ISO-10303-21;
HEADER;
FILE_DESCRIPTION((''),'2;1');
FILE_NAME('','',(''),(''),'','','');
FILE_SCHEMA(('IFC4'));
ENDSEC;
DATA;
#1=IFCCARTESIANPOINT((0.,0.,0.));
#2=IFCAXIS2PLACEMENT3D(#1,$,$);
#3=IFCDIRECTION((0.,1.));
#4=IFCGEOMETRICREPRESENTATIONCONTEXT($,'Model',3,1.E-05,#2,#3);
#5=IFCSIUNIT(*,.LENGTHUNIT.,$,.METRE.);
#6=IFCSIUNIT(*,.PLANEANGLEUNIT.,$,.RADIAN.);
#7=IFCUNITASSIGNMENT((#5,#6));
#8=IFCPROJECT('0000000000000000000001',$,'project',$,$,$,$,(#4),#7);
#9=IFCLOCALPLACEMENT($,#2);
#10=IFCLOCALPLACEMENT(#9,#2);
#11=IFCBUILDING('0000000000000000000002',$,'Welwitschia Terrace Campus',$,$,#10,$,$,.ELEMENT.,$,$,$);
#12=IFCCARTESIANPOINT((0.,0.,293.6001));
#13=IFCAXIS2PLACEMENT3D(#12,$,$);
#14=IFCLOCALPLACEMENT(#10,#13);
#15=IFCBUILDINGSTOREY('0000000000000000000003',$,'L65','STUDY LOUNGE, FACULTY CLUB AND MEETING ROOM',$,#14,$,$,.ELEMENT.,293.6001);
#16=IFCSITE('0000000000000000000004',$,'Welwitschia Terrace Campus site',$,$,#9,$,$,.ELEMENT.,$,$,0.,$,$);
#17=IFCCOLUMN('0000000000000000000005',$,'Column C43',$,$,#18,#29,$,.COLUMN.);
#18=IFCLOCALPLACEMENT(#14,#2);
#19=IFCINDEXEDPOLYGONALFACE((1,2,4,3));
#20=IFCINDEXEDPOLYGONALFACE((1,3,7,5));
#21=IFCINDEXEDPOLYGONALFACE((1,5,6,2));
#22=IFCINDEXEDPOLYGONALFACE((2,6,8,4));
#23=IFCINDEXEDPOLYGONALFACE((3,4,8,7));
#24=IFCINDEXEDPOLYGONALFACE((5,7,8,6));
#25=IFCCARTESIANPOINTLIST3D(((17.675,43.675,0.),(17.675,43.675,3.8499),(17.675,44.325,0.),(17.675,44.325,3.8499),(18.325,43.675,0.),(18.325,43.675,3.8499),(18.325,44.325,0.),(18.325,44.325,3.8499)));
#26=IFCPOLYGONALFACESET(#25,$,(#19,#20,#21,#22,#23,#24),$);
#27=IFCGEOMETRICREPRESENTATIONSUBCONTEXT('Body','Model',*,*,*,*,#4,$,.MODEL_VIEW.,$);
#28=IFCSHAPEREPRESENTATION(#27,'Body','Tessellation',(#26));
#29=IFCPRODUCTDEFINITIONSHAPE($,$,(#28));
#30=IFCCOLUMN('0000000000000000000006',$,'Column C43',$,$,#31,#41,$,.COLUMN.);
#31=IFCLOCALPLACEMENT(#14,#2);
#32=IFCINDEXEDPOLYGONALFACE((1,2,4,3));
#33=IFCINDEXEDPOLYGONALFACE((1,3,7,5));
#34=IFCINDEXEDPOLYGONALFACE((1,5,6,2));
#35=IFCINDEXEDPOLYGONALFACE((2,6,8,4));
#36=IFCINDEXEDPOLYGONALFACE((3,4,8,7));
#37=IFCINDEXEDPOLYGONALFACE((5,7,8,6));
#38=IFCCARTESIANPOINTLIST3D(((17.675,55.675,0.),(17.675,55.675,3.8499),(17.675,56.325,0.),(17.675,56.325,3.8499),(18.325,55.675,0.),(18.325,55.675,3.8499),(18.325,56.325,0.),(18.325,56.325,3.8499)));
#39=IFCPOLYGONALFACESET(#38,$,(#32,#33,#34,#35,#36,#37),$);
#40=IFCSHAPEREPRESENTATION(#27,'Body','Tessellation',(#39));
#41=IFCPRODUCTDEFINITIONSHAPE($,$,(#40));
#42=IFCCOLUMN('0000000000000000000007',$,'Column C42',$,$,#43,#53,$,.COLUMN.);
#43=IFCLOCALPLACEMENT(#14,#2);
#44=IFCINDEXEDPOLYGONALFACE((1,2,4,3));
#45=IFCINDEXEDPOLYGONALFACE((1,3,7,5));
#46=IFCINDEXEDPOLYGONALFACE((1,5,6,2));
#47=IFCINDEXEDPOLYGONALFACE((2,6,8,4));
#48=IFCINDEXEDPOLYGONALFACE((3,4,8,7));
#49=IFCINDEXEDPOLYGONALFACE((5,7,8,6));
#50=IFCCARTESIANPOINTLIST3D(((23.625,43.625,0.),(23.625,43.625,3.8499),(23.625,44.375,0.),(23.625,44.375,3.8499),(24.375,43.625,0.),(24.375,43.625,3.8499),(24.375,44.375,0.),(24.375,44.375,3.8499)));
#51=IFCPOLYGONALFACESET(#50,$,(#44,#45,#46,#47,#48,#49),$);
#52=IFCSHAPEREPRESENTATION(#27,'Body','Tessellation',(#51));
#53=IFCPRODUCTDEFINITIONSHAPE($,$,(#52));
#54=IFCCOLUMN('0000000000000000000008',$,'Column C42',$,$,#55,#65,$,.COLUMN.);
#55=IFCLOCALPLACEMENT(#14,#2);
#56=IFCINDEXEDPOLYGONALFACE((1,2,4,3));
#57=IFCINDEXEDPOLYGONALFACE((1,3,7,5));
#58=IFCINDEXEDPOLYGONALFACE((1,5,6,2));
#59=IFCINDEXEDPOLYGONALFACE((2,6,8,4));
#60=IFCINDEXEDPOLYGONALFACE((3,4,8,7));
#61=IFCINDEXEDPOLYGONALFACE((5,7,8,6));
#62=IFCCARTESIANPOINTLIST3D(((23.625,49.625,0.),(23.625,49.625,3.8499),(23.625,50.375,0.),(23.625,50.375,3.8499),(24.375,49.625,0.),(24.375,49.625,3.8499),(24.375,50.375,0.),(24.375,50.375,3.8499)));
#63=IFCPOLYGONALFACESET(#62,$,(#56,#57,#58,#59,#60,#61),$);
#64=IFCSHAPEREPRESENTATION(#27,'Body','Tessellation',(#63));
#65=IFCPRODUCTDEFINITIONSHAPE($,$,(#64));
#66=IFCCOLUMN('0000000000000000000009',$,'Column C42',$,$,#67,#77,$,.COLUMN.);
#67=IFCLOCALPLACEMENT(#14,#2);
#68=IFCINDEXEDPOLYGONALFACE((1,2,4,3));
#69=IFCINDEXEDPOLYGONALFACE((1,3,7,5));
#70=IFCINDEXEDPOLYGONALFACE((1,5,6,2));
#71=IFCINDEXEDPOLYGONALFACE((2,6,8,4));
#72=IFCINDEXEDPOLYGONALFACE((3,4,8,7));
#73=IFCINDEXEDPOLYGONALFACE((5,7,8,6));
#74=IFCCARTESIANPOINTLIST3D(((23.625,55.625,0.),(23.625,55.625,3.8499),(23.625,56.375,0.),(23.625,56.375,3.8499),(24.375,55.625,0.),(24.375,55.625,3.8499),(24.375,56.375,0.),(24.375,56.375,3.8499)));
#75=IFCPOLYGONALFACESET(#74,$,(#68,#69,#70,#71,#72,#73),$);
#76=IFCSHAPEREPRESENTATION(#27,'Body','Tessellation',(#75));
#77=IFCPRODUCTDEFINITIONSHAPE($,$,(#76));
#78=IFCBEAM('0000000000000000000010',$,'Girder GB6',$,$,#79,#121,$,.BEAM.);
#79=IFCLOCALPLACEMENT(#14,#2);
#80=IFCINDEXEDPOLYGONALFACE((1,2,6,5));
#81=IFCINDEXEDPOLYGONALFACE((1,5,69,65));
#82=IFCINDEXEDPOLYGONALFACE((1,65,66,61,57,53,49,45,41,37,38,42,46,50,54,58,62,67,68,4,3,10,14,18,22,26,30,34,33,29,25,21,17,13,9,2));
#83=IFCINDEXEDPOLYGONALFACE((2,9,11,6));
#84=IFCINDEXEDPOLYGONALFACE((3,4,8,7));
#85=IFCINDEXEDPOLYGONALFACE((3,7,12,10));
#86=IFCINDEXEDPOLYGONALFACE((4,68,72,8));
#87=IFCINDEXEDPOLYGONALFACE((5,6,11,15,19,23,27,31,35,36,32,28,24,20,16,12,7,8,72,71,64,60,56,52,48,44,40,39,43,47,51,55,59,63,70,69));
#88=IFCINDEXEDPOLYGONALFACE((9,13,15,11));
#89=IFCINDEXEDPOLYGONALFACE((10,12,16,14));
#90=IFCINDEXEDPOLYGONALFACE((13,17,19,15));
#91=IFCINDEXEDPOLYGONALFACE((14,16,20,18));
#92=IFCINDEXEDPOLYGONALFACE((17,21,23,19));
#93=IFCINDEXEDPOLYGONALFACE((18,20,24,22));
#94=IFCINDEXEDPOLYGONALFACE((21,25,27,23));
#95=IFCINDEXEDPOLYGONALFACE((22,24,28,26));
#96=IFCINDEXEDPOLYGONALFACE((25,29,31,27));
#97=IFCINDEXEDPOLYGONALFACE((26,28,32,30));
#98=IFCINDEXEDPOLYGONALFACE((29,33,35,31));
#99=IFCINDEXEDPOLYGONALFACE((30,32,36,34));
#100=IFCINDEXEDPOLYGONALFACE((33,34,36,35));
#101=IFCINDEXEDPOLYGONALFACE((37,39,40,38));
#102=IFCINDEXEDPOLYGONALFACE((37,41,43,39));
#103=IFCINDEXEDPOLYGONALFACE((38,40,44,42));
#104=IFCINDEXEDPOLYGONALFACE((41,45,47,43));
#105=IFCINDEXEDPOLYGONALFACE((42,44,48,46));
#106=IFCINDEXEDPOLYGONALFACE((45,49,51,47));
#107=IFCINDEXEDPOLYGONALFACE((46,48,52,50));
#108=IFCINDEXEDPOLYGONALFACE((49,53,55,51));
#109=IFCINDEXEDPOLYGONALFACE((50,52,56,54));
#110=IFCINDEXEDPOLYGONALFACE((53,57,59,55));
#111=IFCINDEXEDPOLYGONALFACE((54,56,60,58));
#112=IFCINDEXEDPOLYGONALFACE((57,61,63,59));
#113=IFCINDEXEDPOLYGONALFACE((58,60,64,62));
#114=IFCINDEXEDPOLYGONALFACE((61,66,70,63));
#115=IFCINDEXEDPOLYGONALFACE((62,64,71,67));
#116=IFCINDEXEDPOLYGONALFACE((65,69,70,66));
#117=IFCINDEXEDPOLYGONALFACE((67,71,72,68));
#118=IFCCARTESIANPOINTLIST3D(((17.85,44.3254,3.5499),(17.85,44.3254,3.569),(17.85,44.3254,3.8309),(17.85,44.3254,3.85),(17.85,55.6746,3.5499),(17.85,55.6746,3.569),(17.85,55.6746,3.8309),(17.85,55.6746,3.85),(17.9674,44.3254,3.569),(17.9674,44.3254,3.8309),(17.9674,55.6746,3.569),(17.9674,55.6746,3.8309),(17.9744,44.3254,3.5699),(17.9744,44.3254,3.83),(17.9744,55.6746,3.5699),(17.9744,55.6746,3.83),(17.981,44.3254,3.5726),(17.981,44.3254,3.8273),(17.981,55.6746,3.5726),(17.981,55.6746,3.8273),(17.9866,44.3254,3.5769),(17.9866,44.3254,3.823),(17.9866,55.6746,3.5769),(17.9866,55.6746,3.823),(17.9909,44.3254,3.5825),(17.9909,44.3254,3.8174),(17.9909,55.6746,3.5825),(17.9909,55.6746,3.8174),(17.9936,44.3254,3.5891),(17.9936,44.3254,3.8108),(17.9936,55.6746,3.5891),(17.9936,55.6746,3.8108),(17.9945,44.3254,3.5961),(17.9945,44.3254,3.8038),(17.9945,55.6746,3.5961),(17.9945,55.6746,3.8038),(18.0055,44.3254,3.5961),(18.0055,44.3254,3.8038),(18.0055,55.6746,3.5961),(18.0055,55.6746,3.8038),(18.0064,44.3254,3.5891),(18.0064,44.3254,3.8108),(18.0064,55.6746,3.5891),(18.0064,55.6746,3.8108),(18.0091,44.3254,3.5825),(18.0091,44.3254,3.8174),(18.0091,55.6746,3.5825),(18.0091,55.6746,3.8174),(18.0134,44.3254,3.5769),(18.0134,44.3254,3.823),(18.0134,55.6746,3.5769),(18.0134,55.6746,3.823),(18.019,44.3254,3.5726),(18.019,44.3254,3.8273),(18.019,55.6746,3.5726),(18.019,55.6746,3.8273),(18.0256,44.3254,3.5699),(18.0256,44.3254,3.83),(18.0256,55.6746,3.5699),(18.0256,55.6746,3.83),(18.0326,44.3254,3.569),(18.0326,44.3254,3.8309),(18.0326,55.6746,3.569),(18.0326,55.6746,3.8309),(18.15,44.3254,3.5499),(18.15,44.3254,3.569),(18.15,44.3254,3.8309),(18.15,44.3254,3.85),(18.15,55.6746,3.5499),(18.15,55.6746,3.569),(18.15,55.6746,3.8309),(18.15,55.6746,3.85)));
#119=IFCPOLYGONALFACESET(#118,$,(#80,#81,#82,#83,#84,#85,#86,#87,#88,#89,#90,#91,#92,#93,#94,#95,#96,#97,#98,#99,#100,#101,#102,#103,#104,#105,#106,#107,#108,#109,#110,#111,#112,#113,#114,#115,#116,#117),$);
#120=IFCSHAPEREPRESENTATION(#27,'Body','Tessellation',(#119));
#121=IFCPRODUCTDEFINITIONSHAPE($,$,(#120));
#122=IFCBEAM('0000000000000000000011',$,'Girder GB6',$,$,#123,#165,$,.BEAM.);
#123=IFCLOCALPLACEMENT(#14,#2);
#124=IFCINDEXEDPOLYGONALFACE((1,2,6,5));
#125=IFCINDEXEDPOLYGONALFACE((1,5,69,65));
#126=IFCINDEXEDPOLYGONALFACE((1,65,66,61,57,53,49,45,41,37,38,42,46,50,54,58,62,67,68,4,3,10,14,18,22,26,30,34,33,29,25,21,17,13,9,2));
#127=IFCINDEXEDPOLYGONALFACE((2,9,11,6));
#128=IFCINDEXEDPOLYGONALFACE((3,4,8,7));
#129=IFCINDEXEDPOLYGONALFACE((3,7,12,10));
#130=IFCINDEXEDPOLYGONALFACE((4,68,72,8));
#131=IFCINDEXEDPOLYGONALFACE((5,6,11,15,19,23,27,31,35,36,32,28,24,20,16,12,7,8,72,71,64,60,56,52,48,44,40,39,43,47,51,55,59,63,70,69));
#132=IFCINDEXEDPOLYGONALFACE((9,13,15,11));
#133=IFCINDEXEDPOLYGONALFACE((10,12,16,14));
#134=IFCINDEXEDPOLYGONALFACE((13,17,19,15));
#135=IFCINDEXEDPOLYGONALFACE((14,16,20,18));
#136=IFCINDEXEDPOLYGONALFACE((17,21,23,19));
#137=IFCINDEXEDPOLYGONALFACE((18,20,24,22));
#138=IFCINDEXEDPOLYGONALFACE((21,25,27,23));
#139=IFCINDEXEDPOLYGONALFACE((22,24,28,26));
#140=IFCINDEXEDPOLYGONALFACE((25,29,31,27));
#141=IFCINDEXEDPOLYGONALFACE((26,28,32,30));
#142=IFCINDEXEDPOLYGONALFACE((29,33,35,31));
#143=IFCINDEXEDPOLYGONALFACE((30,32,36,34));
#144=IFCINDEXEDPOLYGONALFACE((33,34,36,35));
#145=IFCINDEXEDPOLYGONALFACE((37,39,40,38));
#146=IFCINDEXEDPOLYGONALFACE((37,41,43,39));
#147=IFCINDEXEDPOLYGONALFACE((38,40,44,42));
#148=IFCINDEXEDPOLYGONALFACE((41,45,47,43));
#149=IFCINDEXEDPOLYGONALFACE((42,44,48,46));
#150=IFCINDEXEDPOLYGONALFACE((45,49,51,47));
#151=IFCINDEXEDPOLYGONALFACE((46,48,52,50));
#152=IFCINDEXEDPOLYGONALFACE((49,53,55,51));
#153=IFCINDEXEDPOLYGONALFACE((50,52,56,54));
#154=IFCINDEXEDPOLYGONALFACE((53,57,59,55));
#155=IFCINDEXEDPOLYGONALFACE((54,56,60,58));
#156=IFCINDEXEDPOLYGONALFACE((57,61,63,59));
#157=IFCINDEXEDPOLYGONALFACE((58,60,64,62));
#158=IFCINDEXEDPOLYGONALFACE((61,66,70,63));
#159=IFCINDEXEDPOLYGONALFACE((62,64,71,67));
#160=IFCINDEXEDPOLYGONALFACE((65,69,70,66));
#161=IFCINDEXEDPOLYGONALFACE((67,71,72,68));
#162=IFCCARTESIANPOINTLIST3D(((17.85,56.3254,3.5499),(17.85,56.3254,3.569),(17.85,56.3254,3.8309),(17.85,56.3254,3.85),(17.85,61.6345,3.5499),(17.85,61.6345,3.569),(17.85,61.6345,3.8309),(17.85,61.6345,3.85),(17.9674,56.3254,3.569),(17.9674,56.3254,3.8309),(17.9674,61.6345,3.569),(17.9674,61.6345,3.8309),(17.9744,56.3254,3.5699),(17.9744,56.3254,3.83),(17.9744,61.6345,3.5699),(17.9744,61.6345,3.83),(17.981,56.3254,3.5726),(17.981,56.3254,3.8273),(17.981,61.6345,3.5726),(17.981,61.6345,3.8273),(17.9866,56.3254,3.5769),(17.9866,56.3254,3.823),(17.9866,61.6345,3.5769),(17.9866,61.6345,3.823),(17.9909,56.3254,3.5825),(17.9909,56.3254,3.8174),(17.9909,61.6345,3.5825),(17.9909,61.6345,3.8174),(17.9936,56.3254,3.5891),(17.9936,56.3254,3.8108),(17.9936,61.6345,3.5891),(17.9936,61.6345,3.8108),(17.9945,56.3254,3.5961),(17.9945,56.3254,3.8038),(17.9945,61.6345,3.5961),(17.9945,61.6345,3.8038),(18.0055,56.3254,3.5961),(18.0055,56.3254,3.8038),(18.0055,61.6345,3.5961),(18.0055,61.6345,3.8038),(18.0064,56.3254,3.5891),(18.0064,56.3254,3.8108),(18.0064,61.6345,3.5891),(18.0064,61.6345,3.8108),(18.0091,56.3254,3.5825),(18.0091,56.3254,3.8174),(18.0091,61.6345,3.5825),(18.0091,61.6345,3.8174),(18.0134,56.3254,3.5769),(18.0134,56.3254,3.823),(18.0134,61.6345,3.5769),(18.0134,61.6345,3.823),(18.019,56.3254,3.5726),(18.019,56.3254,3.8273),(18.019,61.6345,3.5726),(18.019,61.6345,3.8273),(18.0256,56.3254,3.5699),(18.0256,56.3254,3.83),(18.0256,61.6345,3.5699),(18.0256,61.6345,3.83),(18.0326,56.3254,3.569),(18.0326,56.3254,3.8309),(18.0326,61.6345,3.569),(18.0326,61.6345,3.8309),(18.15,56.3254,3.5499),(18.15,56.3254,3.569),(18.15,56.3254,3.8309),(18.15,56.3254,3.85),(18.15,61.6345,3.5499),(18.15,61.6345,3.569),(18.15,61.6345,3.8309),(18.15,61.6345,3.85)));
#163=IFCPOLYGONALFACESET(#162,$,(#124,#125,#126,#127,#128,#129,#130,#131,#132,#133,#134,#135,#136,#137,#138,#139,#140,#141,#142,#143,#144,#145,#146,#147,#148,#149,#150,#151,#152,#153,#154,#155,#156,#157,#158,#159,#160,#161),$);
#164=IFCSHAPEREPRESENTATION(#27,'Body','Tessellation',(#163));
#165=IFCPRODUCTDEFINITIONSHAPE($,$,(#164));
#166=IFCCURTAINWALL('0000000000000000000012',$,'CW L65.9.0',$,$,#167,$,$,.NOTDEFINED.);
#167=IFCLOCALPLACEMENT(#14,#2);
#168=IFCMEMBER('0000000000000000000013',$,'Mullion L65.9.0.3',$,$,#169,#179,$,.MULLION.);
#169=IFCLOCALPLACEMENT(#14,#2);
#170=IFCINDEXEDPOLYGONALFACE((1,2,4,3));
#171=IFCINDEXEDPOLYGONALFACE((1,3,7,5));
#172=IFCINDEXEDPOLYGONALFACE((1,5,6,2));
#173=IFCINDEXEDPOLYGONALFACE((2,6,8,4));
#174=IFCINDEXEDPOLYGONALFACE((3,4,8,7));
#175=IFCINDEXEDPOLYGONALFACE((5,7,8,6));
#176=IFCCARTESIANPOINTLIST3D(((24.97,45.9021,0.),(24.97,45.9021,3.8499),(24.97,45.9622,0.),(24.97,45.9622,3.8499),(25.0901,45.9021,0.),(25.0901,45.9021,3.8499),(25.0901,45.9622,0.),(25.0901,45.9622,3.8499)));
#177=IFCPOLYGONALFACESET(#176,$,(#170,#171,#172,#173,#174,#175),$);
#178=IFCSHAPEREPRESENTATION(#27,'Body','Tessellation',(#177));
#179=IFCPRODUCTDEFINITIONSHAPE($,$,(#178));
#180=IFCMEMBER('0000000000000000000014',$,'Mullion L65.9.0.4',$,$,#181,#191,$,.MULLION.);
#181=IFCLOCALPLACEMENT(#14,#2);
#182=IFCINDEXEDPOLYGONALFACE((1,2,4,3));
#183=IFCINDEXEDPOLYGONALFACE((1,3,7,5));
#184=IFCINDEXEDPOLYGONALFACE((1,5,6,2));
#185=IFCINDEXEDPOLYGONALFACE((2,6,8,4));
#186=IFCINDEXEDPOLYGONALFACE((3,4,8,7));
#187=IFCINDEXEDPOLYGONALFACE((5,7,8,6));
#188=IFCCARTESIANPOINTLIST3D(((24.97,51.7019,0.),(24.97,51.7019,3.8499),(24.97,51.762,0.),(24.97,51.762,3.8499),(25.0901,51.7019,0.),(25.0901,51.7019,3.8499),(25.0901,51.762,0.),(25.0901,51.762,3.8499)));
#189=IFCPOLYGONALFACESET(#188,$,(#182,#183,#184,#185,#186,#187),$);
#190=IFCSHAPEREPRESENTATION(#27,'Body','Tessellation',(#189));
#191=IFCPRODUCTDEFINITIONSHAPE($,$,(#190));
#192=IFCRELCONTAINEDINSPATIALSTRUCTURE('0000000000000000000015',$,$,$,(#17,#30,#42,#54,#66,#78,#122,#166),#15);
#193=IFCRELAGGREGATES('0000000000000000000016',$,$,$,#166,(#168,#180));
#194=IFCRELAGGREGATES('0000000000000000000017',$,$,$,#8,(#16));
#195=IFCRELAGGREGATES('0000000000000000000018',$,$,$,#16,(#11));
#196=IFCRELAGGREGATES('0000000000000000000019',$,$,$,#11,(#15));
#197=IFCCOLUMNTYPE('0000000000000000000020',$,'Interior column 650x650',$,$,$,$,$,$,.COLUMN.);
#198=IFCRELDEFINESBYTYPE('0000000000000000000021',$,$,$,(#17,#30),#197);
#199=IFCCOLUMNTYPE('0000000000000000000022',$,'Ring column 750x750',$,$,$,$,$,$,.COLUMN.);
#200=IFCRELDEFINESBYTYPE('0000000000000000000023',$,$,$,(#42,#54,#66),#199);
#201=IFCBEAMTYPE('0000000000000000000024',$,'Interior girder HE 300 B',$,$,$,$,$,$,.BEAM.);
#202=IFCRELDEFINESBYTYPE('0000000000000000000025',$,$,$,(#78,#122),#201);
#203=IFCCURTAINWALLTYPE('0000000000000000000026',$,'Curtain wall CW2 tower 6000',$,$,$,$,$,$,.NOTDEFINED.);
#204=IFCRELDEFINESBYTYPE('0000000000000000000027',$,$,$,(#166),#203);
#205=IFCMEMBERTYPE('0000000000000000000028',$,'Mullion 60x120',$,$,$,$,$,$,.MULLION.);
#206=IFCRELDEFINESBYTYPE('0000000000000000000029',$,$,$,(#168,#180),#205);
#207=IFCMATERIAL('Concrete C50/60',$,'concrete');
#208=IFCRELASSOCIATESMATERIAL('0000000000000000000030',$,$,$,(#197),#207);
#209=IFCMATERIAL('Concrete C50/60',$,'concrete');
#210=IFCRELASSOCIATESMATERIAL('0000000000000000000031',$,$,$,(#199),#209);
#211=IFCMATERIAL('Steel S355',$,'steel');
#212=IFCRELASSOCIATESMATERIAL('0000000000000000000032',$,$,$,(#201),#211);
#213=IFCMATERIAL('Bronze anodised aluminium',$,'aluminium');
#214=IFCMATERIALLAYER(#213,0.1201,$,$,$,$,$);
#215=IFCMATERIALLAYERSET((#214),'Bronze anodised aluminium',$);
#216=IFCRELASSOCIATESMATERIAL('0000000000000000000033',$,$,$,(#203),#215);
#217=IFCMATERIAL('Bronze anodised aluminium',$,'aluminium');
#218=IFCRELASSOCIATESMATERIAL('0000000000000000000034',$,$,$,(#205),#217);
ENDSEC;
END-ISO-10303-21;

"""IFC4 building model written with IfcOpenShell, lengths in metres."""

from ifc_helpers import new_model, si_unit, direction, frame, origin, origin_2d, place, context, subcontext, project, spatial, rectangle, i_section, extrude, material, layer, layer_set, material_profile, profile_set, type_object, element, aggregate, save


model = new_model("IFC4")

# Units and contexts
model_context = context("Model", 3, precision=1e-05, world=origin(), true_north=direction((0.0, 1.0)))
body_context = subcontext(model_context, "Body", "Model", "MODEL_VIEW")
ifc_project = project(units=[si_unit("LENGTHUNIT", "METRE"), si_unit("PLANEANGLEUNIT", "RADIAN")], contexts=[model_context])

# Site, building, storey
site_placement = place(None, origin())
site = spatial("IfcSite", under=ifc_project, at=site_placement, Name="Welwitschia Terrace Campus site", CompositionType="ELEMENT", RefElevation=0.0)
building_placement = place(site_placement, origin())
building = spatial("IfcBuilding", under=site, at=building_placement, Name="Welwitschia Terrace Campus", CompositionType="ELEMENT")
storey_placement = place(building_placement, frame((0.0, 0.0, 293.6001)))
storey = spatial("IfcBuildingStorey", under=building, at=storey_placement, Name="L65", Description="STUDY LOUNGE, FACULTY CLUB AND MEETING ROOM", CompositionType="ELEMENT", Elevation=293.6001)

# Columns
ifc_material_1 = material(Name="Concrete C50/60", Category="concrete")
ifc_material_profile_1 = material_profile(ifc_material_1, rectangle(XDim=0.6499, YDim=0.6499, at=origin_2d()))
ifc_profile_set_1 = profile_set([ifc_material_profile_1], Name="Concrete C50/60")
column_type_1 = type_object("IfcColumnType", Name="Interior column 650x650", PredefinedType="COLUMN", material=ifc_profile_set_1)
for number, where, z_axis, x_axis, name in (
    (1, (18.0, 44.0, 0.0), (0.0, 0.0, 1.0), (1.0, 0.0, 0.0), "Column C43"),
    (2, (18.0, 56.0, 0.0), (0.0, 0.0, 1.0), (1.0, 0.0, 0.0), "Column C43"),
):
    element("IfcColumn", number, at=place(storey_placement, frame(where, z_axis=z_axis, x_axis=x_axis)), inside=storey, type_object=column_type_1, Name=name, PredefinedType="COLUMN", context=body_context, shape_type="SweptSolid", body=[
        extrude(rectangle(XDim=0.6499, YDim=0.6499, at=origin_2d()), origin(), (0.0, 0.0, 1.0), 3.8499),
    ])
ifc_material_2 = material(Name="Concrete C50/60", Category="concrete")
ifc_material_profile_2 = material_profile(ifc_material_2, rectangle(XDim=0.75, YDim=0.75, at=origin_2d()))
ifc_profile_set_2 = profile_set([ifc_material_profile_2], Name="Concrete C50/60")
column_type_2 = type_object("IfcColumnType", Name="Ring column 750x750", PredefinedType="COLUMN", material=ifc_profile_set_2)
for number, where, z_axis, x_axis, name in (
    (3, (24.0, 44.0, 0.0), (0.0, 0.0, 1.0), (1.0, 0.0, 0.0), "Column C42"),
    (4, (24.0, 50.0, 0.0), (0.0, 0.0, 1.0), (1.0, 0.0, 0.0), "Column C42"),
    (5, (24.0, 56.0, 0.0), (0.0, 0.0, 1.0), (1.0, 0.0, 0.0), "Column C42"),
):
    element("IfcColumn", number, at=place(storey_placement, frame(where, z_axis=z_axis, x_axis=x_axis)), inside=storey, type_object=column_type_2, Name=name, PredefinedType="COLUMN", context=body_context, shape_type="SweptSolid", body=[
        extrude(rectangle(XDim=0.75, YDim=0.75, at=origin_2d()), origin(), (0.0, 0.0, 1.0), 3.8499),
    ])

# Beams
ifc_material_3 = material(Name="Steel S355", Category="steel")
ifc_material_profile_3 = material_profile(ifc_material_3, i_section(OverallWidth=0.3, OverallDepth=0.3, WebThickness=0.011, FlangeThickness=0.019, FilletRadius=0.0271, at=origin_2d()))
ifc_profile_set_3 = profile_set([ifc_material_profile_3], Name="Steel S355")
beam_type_1 = type_object("IfcBeamType", Name="Interior girder HE 300 B", PredefinedType="BEAM", material=ifc_profile_set_3)
beam_1_placement = place(storey_placement, frame((18.0, 44.3254, 3.7), z_axis=(0.0, 1.0, 0.0), x_axis=(-1.0, 0.0, 0.0)))
element("IfcBeam", 6, at=beam_1_placement, inside=storey, type_object=beam_type_1, Name="Girder GB6", PredefinedType="BEAM", context=body_context, shape_type="SweptSolid", body=[
    extrude(i_section(OverallWidth=0.3, OverallDepth=0.3, WebThickness=0.011, FlangeThickness=0.019, FilletRadius=0.0271, at=origin_2d()), origin(), (0.0, 0.0, 1.0), 11.3491),
])
beam_2_placement = place(storey_placement, frame((18.0, 56.3254, 3.7), z_axis=(0.0, 1.0, 0.0), x_axis=(-1.0, 0.0, 0.0)))
element("IfcBeam", 7, at=beam_2_placement, inside=storey, type_object=beam_type_1, Name="Girder GB6", PredefinedType="BEAM", context=body_context, shape_type="SweptSolid", body=[
    extrude(i_section(OverallWidth=0.3, OverallDepth=0.3, WebThickness=0.011, FlangeThickness=0.019, FilletRadius=0.0271, at=origin_2d()), origin(), (0.0, 0.0, 1.0), 5.3091),
])

# Curtain wall, members
ifc_material_4 = material(Name="Bronze anodised aluminium", Category="aluminium")
ifc_layer_1 = layer(ifc_material_4, 0.1201)
ifc_layer_set_1 = layer_set([ifc_layer_1], Name="Bronze anodised aluminium")
curtain_wall_type = type_object("IfcCurtainWallType", Name="Curtain wall CW2 tower 6000", PredefinedType="NOTDEFINED", material=ifc_layer_set_1)
curtain_wall_placement = place(storey_placement, origin())
curtain_wall = element("IfcCurtainWall", 8, at=curtain_wall_placement, inside=storey, type_object=curtain_wall_type, Name="CW L65.9.0", PredefinedType="NOTDEFINED")
ifc_material_5 = material(Name="Bronze anodised aluminium", Category="aluminium")
ifc_material_profile_4 = material_profile(ifc_material_5, rectangle(XDim=0.1201, YDim=0.0601, at=origin_2d()))
ifc_profile_set_4 = profile_set([ifc_material_profile_4], Name="Bronze anodised aluminium")
member_type = type_object("IfcMemberType", Name="Mullion 60x120", PredefinedType="MULLION", material=ifc_profile_set_4)
member_1_placement = place(storey_placement, frame((25.03, 45.9321, 0.0), z_axis=(0.0, 0.0, 1.0), x_axis=(-1.0, 0.0, 0.0)))
member_1 = element("IfcMember", 9, at=member_1_placement, type_object=member_type, Name="Mullion L65.9.0.3", PredefinedType="MULLION", context=body_context, shape_type="SweptSolid", body=[
    extrude(rectangle(XDim=0.1201, YDim=0.0601, at=origin_2d()), origin(), (0.0, 0.0, 1.0), 3.8499),
])
member_2_placement = place(storey_placement, frame((25.03, 51.7319, 0.0), z_axis=(0.0, 0.0, 1.0), x_axis=(-1.0, 0.0, 0.0)))
member_2 = element("IfcMember", 10, at=member_2_placement, type_object=member_type, Name="Mullion L65.9.0.4", PredefinedType="MULLION", context=body_context, shape_type="SweptSolid", body=[
    extrude(rectangle(XDim=0.1201, YDim=0.0601, at=origin_2d()), origin(), (0.0, 0.0, 1.0), 3.8499),
])

aggregate(curtain_wall, [member_1, member_2])

save(model, "model.ifc")
